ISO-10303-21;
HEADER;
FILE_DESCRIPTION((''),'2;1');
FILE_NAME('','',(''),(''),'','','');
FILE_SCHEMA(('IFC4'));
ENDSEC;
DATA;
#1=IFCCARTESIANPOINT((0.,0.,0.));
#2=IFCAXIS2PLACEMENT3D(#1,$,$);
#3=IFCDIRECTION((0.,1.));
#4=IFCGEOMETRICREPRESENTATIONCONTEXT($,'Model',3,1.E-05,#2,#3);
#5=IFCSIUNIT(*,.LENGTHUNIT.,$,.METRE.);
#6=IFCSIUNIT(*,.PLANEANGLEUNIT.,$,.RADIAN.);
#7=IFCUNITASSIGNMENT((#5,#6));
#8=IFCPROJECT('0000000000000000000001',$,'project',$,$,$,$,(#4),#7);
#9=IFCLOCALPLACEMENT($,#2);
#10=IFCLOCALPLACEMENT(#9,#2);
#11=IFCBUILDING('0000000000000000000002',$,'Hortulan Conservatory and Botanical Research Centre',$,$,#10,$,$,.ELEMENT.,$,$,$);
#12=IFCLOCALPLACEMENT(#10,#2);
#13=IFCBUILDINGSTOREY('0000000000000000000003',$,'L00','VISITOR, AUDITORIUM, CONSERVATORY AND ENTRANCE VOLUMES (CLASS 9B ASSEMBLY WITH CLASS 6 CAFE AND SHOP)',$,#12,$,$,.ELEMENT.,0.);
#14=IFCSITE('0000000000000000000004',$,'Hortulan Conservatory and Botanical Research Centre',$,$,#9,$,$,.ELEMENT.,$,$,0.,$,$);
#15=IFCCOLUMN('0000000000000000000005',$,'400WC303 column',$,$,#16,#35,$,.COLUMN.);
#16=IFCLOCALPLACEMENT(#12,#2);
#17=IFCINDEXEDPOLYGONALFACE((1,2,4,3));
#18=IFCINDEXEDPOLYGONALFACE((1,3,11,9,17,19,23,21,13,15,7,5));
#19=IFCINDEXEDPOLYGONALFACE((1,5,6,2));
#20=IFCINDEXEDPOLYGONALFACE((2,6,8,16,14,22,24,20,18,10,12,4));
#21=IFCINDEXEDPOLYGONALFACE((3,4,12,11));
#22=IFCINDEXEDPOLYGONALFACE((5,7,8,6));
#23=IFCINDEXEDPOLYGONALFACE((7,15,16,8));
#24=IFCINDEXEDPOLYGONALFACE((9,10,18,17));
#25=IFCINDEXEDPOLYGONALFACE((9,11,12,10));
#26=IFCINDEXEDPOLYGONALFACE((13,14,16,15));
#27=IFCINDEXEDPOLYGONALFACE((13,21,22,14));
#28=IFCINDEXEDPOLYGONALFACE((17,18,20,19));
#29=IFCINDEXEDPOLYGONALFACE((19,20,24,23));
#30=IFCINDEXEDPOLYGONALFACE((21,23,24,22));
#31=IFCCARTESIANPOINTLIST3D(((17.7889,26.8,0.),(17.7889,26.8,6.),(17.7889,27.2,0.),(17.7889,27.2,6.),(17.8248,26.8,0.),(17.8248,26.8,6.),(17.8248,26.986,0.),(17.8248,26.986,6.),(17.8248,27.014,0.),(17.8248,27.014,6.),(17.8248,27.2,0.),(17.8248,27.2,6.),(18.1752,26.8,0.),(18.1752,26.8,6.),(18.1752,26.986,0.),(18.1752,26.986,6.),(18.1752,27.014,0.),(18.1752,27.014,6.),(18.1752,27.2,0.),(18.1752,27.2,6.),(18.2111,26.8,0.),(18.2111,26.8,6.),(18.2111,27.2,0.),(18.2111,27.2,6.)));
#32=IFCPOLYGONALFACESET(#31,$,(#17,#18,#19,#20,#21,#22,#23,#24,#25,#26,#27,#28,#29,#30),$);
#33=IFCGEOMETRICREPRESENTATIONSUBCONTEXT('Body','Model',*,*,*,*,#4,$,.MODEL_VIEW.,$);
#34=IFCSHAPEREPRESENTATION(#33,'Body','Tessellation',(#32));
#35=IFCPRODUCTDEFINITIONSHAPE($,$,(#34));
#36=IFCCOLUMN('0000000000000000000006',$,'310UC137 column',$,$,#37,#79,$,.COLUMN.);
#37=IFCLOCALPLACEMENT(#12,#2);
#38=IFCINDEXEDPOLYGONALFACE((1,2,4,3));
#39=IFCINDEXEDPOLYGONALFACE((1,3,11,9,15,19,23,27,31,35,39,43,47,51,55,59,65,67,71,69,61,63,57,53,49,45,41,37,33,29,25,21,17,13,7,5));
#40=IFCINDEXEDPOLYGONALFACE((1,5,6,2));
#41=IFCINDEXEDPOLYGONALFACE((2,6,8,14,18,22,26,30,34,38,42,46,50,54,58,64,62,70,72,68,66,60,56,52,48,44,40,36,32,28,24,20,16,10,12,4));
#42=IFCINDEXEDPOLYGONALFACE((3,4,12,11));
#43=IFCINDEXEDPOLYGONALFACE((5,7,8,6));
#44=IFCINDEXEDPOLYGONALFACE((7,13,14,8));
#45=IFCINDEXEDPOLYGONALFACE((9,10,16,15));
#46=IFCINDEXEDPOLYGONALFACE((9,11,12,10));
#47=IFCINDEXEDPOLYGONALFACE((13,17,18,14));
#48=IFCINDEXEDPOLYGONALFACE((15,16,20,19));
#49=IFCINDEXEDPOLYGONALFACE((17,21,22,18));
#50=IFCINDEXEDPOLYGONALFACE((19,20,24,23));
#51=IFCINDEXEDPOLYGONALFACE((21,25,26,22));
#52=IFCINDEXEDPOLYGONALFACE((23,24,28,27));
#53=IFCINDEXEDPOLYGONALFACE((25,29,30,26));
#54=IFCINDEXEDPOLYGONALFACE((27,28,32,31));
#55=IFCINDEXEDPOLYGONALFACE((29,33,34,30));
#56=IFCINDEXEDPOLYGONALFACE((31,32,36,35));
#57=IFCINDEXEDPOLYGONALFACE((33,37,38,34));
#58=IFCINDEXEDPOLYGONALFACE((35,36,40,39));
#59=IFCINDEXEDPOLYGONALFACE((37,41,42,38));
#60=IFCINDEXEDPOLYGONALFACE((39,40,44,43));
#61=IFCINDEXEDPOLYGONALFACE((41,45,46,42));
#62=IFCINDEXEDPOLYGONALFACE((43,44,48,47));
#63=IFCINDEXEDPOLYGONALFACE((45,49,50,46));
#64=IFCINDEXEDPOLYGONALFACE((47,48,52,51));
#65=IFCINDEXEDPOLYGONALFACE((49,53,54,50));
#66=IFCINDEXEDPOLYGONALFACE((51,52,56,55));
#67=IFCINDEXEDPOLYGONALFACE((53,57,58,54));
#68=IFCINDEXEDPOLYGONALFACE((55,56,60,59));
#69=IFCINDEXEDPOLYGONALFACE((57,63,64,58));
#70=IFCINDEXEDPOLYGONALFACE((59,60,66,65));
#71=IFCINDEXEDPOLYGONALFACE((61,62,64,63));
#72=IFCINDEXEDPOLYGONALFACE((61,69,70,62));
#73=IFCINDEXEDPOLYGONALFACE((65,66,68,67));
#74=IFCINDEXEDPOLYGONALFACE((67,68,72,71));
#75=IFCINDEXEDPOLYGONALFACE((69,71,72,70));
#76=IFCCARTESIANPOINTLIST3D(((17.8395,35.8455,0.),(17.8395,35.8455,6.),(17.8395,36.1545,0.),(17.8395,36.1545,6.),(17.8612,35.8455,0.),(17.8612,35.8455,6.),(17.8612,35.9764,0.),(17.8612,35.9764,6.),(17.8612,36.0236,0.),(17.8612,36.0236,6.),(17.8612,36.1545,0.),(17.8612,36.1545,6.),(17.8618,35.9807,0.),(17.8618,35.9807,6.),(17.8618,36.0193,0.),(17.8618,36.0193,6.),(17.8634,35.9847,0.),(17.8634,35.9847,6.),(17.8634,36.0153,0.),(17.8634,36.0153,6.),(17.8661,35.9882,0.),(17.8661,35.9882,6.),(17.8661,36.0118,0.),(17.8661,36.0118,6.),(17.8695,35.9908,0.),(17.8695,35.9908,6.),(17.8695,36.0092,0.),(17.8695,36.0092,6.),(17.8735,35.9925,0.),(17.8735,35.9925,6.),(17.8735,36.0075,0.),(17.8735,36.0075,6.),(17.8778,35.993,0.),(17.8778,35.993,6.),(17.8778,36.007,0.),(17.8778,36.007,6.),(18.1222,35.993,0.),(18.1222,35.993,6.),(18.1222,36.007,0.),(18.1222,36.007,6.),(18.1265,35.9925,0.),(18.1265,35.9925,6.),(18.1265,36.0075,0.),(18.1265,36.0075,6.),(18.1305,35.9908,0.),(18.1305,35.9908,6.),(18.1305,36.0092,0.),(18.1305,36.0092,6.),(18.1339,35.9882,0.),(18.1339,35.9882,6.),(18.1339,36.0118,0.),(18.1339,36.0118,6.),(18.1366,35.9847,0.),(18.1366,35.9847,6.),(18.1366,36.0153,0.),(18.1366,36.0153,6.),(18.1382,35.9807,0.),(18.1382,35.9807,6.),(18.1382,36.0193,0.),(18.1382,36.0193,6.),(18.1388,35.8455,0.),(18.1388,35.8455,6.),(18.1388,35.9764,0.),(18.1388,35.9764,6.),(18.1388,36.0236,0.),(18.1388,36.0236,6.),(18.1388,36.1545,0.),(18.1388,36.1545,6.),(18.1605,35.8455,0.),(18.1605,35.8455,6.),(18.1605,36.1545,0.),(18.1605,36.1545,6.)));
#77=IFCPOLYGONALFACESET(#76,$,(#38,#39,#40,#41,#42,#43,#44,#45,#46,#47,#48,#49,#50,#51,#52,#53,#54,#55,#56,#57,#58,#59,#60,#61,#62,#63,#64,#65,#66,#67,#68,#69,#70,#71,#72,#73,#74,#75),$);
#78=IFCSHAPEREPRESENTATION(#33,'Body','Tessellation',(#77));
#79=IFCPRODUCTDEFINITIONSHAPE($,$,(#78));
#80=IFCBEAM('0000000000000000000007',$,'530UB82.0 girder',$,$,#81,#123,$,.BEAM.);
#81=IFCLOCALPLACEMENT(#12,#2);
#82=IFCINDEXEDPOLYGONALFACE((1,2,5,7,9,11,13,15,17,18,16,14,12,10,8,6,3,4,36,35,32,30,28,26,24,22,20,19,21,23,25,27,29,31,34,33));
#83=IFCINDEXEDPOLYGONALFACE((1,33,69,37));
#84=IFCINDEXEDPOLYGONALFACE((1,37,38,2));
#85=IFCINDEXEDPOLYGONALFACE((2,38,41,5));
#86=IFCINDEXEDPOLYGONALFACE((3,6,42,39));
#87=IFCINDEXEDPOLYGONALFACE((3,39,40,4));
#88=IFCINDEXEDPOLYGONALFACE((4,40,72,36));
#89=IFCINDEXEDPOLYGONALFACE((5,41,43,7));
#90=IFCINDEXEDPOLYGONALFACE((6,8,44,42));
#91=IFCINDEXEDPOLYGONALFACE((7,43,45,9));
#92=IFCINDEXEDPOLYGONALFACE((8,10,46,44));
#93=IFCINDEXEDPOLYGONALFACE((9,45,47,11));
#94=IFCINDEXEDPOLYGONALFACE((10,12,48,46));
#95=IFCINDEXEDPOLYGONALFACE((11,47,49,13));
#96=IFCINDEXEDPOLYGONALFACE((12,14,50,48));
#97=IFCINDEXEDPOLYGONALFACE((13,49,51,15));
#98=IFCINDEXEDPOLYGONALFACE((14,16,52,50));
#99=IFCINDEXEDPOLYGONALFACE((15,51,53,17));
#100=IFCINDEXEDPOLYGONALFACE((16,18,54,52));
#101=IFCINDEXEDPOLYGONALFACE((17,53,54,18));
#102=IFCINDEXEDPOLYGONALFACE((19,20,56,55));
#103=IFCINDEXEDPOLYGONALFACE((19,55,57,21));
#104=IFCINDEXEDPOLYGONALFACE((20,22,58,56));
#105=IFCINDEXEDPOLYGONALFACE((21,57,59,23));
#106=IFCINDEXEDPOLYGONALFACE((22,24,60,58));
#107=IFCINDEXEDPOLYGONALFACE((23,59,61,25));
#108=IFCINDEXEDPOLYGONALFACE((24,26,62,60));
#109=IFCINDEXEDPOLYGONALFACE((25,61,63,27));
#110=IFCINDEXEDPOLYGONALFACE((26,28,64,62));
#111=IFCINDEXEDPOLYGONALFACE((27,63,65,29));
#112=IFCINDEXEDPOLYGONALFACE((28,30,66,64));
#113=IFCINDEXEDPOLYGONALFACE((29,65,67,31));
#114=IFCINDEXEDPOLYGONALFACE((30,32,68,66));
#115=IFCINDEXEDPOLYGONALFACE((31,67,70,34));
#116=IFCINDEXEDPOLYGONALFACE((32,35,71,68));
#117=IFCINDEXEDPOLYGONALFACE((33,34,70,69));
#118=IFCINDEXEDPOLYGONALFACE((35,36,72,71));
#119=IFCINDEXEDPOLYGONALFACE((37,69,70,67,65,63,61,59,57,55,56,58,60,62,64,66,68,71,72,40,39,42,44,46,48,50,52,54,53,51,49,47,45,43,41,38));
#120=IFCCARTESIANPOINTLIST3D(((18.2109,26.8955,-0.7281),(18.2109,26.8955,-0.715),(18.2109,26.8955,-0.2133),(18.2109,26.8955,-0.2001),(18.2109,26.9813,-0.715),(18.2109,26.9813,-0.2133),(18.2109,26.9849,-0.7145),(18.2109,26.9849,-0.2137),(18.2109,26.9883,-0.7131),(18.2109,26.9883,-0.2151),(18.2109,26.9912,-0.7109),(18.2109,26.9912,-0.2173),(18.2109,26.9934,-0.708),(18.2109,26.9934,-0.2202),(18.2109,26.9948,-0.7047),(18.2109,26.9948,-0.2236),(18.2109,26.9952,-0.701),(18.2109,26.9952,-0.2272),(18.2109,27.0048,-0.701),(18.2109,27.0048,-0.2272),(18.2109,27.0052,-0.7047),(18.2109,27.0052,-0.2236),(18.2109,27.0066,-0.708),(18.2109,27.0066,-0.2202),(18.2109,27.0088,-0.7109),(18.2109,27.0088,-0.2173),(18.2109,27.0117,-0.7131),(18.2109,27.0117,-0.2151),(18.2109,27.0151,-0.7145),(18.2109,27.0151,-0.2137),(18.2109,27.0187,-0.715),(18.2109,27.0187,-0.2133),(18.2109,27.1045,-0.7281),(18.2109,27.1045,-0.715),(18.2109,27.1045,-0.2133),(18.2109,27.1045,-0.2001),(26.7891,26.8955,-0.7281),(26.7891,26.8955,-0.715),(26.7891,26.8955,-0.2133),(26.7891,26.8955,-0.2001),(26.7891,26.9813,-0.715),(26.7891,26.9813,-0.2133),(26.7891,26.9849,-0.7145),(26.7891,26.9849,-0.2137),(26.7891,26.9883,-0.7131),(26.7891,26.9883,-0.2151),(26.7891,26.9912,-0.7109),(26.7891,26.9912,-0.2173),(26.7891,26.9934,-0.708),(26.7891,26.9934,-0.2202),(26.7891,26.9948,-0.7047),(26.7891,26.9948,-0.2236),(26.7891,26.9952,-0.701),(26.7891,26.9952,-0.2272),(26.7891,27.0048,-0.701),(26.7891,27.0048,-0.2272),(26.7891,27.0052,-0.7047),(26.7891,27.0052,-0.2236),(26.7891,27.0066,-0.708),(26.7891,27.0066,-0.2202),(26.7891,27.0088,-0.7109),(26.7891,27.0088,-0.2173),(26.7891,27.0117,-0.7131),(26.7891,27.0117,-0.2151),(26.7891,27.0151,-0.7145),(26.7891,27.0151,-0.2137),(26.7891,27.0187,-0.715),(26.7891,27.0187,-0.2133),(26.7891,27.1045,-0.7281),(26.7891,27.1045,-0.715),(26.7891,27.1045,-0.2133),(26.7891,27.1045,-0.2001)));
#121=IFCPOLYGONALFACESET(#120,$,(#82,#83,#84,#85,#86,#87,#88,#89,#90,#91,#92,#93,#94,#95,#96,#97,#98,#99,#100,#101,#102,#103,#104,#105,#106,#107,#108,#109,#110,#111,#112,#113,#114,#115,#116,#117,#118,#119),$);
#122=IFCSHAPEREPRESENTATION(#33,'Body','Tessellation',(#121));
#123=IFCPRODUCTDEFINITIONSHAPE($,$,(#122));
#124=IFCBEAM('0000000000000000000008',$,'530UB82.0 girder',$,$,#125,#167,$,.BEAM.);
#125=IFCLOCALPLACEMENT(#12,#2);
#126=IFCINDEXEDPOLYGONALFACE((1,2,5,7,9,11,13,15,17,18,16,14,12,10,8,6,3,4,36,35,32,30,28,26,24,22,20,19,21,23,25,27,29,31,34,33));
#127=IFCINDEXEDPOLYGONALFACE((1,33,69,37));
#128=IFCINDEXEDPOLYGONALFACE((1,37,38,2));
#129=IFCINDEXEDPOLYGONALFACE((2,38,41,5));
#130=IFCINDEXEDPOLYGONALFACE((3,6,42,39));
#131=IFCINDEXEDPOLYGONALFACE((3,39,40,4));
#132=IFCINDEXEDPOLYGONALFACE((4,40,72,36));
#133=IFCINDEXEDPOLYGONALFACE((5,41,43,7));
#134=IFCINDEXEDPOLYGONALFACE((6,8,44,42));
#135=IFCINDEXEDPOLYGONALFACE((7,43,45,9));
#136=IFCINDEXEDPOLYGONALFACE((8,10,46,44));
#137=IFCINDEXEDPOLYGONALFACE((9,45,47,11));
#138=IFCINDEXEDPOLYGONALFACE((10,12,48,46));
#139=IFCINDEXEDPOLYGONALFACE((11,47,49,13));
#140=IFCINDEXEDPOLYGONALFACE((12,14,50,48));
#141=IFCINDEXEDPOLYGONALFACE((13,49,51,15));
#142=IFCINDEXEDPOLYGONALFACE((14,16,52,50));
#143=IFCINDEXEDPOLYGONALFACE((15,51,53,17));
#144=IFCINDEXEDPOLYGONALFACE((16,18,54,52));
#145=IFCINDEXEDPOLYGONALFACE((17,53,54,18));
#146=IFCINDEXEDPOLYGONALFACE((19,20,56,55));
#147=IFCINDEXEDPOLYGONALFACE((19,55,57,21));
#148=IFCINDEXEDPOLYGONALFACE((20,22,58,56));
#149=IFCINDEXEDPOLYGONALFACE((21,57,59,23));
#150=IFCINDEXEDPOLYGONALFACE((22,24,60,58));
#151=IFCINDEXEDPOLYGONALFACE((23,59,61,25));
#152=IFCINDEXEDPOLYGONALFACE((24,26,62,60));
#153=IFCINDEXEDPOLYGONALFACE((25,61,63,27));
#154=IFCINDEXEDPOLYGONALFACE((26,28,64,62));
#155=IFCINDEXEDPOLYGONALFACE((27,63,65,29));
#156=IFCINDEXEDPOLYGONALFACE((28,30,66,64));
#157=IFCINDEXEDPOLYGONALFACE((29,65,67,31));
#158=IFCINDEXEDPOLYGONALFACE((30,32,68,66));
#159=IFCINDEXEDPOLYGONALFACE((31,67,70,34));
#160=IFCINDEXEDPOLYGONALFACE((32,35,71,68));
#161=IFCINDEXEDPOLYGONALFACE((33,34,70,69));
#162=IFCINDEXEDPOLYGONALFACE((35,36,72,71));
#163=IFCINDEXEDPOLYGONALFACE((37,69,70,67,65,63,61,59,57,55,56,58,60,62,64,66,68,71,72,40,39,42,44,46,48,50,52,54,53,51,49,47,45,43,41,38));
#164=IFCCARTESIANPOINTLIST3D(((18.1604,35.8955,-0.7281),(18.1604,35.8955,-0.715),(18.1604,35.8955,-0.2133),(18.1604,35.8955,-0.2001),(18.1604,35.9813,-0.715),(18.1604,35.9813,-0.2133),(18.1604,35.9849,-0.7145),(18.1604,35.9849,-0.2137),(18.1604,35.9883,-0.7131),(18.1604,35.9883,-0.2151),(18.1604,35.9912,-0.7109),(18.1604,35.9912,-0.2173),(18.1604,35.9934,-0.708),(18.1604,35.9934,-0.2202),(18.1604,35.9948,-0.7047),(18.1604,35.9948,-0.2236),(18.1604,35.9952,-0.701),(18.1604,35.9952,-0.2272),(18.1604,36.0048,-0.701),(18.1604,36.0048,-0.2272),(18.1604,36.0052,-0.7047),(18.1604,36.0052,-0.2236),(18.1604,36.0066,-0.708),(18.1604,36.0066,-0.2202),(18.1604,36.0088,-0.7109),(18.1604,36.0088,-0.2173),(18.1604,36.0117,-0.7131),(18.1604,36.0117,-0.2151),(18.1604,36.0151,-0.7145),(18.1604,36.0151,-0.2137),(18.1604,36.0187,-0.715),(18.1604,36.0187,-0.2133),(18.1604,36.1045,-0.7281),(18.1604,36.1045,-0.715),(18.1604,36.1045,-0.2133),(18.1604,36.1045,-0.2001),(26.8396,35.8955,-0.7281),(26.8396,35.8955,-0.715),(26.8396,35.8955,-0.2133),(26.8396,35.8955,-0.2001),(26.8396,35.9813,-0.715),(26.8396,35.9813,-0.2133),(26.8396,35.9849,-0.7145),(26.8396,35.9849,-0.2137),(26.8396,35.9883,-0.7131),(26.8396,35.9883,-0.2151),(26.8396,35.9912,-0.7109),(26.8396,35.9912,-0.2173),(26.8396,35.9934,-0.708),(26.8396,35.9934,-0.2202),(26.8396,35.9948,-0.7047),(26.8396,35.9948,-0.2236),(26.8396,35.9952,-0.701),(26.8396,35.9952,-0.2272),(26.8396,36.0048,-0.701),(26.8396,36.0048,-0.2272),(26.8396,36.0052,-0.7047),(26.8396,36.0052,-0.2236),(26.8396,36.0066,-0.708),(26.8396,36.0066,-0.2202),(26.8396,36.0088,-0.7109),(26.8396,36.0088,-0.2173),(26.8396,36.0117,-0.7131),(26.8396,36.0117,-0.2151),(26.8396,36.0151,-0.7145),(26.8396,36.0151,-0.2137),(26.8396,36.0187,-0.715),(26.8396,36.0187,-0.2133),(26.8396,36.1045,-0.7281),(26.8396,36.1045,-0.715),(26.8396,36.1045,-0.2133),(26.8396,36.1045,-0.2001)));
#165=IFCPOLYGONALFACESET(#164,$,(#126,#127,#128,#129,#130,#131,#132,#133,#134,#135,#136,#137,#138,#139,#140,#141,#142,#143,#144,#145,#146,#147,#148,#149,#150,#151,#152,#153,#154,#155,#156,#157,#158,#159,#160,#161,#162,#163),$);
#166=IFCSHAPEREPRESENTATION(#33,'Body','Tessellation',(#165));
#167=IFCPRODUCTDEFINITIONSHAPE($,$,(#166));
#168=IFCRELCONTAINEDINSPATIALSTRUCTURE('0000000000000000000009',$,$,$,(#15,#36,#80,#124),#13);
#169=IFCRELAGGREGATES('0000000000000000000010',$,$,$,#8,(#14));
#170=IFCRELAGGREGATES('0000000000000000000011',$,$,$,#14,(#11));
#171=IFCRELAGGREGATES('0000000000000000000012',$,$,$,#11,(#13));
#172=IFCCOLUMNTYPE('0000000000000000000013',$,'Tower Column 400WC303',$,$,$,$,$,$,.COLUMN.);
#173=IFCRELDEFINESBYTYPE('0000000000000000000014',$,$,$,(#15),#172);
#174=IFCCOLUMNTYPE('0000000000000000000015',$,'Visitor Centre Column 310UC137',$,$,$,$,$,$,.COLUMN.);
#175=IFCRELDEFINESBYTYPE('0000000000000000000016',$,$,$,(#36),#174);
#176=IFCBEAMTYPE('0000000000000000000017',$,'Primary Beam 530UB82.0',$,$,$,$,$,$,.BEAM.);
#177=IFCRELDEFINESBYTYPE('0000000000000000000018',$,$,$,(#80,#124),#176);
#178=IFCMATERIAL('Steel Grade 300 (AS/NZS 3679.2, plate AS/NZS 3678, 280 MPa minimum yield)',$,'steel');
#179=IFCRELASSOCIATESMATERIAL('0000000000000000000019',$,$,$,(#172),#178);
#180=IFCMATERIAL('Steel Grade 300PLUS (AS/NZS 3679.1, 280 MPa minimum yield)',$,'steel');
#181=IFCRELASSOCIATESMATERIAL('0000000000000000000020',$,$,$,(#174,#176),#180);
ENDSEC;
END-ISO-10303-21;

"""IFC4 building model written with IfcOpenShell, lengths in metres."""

from ifc_helpers import new_model, si_unit, direction, frame, origin, origin_2d, place, context, subcontext, project, spatial, i_section, extrude, material, material_profile, profile_set, type_object, element, save


model = new_model("IFC4")

# Units and contexts
model_context = context("Model", 3, precision=1e-05, world=origin(), true_north=direction((0.0, 1.0)))
body_context = subcontext(model_context, "Body", "Model", "MODEL_VIEW")
ifc_project = project(units=[si_unit("LENGTHUNIT", "METRE"), si_unit("PLANEANGLEUNIT", "RADIAN")], contexts=[model_context])

# Site, building, storey
site_placement = place(None, origin())
site = spatial("IfcSite", under=ifc_project, at=site_placement, Name="Hortulan Conservatory and Botanical Research Centre", CompositionType="ELEMENT", RefElevation=0.0)
building_placement = place(site_placement, origin())
building = spatial("IfcBuilding", under=site, at=building_placement, Name="Hortulan Conservatory and Botanical Research Centre", CompositionType="ELEMENT")
storey_placement = place(building_placement, origin())
storey = spatial("IfcBuildingStorey", under=building, at=storey_placement, Name="L00", Description="VISITOR, AUDITORIUM, CONSERVATORY AND ENTRANCE VOLUMES (CLASS 9B ASSEMBLY WITH CLASS 6 CAFE AND SHOP)", CompositionType="ELEMENT", Elevation=0.0)

# Columns
ifc_material_1 = material(Name="Steel Grade 300 (AS/NZS 3679.2, plate AS/NZS 3678, 280 MPa minimum yield)", Category="steel")
ifc_material_profile_1 = material_profile(ifc_material_1, i_section(OverallWidth=0.3999, OverallDepth=0.4221, WebThickness=0.0281, FlangeThickness=0.0359, at=origin_2d()), Name="400WC303")
ifc_profile_set_1 = profile_set([ifc_material_profile_1], Name="Steel Grade 300 (AS/NZS 3679.2, plate AS/NZS 3678, 280 MPa minimum yield)")
column_type_1 = type_object("IfcColumnType", Name="Tower Column 400WC303", PredefinedType="COLUMN", material=ifc_profile_set_1)
column_1_placement = place(storey_placement, frame((18.0, 27.0, 0.0), z_axis=(0.0, 0.0, 1.0), x_axis=(0.0, 1.0, 0.0)))
element("IfcColumn", 1, at=column_1_placement, inside=storey, type_object=column_type_1, Name="400WC303 column", PredefinedType="COLUMN", context=body_context, shape_type="SweptSolid", body=[
    extrude(i_section(OverallWidth=0.3999, OverallDepth=0.4221, WebThickness=0.0281, FlangeThickness=0.0359, at=origin_2d()), origin(), (0.0, 0.0, 1.0), 6.0),
])
ifc_material_2 = material(Name="Steel Grade 300PLUS (AS/NZS 3679.1, 280 MPa minimum yield)", Category="steel")
ifc_material_profile_2 = material_profile(ifc_material_2, i_section(OverallWidth=0.3091, OverallDepth=0.321, WebThickness=0.0139, FlangeThickness=0.0217, FilletRadius=0.0166, at=origin_2d()), Name="310UC137")
ifc_profile_set_2 = profile_set([ifc_material_profile_2], Name="Steel Grade 300PLUS (AS/NZS 3679.1, 280 MPa minimum yield)")
column_type_2 = type_object("IfcColumnType", Name="Visitor Centre Column 310UC137", PredefinedType="COLUMN", material=ifc_profile_set_2)
column_2_placement = place(storey_placement, frame((18.0, 36.0, 0.0), z_axis=(0.0, 0.0, 1.0), x_axis=(0.0, 1.0, 0.0)))
element("IfcColumn", 2, at=column_2_placement, inside=storey, type_object=column_type_2, Name="310UC137 column", PredefinedType="COLUMN", context=body_context, shape_type="SweptSolid", body=[
    extrude(i_section(OverallWidth=0.3091, OverallDepth=0.321, WebThickness=0.0139, FlangeThickness=0.0217, FilletRadius=0.0166, at=origin_2d()), origin(), (0.0, 0.0, 1.0), 6.0),
])

# Beams
ifc_material_profile_3 = material_profile(ifc_material_2, i_section(OverallWidth=0.209, OverallDepth=0.5281, WebThickness=0.0095, FlangeThickness=0.0132, FilletRadius=0.0139, at=origin_2d()), Name="530UB82.0")
ifc_profile_set_3 = profile_set([ifc_material_profile_3], Name="Steel Grade 300PLUS (AS/NZS 3679.1, 280 MPa minimum yield)")
beam_type_1 = type_object("IfcBeamType", Name="Primary Beam 530UB82.0", PredefinedType="BEAM", material=ifc_profile_set_3)
beam_1_placement = place(storey_placement, frame((18.2109, 27.0, -0.4641), z_axis=(1.0, 0.0, 0.0), x_axis=(0.0, 1.0, 0.0)))
element("IfcBeam", 3, at=beam_1_placement, inside=storey, type_object=beam_type_1, Name="530UB82.0 girder", PredefinedType="BEAM", context=body_context, shape_type="SweptSolid", body=[
    extrude(i_section(OverallWidth=0.209, OverallDepth=0.5281, WebThickness=0.0095, FlangeThickness=0.0132, FilletRadius=0.0139, at=origin_2d()), origin(), (0.0, 0.0, 1.0), 8.5781),
])
beam_2_placement = place(storey_placement, frame((18.1604, 36.0, -0.4641), z_axis=(1.0, 0.0, 0.0), x_axis=(0.0, 1.0, 0.0)))
element("IfcBeam", 4, at=beam_2_placement, inside=storey, type_object=beam_type_1, Name="530UB82.0 girder", PredefinedType="BEAM", context=body_context, shape_type="SweptSolid", body=[
    extrude(i_section(OverallWidth=0.209, OverallDepth=0.5281, WebThickness=0.0095, FlangeThickness=0.0132, FilletRadius=0.0139, at=origin_2d()), origin(), (0.0, 0.0, 1.0), 8.6792),
])

save(model, "model.ifc")
